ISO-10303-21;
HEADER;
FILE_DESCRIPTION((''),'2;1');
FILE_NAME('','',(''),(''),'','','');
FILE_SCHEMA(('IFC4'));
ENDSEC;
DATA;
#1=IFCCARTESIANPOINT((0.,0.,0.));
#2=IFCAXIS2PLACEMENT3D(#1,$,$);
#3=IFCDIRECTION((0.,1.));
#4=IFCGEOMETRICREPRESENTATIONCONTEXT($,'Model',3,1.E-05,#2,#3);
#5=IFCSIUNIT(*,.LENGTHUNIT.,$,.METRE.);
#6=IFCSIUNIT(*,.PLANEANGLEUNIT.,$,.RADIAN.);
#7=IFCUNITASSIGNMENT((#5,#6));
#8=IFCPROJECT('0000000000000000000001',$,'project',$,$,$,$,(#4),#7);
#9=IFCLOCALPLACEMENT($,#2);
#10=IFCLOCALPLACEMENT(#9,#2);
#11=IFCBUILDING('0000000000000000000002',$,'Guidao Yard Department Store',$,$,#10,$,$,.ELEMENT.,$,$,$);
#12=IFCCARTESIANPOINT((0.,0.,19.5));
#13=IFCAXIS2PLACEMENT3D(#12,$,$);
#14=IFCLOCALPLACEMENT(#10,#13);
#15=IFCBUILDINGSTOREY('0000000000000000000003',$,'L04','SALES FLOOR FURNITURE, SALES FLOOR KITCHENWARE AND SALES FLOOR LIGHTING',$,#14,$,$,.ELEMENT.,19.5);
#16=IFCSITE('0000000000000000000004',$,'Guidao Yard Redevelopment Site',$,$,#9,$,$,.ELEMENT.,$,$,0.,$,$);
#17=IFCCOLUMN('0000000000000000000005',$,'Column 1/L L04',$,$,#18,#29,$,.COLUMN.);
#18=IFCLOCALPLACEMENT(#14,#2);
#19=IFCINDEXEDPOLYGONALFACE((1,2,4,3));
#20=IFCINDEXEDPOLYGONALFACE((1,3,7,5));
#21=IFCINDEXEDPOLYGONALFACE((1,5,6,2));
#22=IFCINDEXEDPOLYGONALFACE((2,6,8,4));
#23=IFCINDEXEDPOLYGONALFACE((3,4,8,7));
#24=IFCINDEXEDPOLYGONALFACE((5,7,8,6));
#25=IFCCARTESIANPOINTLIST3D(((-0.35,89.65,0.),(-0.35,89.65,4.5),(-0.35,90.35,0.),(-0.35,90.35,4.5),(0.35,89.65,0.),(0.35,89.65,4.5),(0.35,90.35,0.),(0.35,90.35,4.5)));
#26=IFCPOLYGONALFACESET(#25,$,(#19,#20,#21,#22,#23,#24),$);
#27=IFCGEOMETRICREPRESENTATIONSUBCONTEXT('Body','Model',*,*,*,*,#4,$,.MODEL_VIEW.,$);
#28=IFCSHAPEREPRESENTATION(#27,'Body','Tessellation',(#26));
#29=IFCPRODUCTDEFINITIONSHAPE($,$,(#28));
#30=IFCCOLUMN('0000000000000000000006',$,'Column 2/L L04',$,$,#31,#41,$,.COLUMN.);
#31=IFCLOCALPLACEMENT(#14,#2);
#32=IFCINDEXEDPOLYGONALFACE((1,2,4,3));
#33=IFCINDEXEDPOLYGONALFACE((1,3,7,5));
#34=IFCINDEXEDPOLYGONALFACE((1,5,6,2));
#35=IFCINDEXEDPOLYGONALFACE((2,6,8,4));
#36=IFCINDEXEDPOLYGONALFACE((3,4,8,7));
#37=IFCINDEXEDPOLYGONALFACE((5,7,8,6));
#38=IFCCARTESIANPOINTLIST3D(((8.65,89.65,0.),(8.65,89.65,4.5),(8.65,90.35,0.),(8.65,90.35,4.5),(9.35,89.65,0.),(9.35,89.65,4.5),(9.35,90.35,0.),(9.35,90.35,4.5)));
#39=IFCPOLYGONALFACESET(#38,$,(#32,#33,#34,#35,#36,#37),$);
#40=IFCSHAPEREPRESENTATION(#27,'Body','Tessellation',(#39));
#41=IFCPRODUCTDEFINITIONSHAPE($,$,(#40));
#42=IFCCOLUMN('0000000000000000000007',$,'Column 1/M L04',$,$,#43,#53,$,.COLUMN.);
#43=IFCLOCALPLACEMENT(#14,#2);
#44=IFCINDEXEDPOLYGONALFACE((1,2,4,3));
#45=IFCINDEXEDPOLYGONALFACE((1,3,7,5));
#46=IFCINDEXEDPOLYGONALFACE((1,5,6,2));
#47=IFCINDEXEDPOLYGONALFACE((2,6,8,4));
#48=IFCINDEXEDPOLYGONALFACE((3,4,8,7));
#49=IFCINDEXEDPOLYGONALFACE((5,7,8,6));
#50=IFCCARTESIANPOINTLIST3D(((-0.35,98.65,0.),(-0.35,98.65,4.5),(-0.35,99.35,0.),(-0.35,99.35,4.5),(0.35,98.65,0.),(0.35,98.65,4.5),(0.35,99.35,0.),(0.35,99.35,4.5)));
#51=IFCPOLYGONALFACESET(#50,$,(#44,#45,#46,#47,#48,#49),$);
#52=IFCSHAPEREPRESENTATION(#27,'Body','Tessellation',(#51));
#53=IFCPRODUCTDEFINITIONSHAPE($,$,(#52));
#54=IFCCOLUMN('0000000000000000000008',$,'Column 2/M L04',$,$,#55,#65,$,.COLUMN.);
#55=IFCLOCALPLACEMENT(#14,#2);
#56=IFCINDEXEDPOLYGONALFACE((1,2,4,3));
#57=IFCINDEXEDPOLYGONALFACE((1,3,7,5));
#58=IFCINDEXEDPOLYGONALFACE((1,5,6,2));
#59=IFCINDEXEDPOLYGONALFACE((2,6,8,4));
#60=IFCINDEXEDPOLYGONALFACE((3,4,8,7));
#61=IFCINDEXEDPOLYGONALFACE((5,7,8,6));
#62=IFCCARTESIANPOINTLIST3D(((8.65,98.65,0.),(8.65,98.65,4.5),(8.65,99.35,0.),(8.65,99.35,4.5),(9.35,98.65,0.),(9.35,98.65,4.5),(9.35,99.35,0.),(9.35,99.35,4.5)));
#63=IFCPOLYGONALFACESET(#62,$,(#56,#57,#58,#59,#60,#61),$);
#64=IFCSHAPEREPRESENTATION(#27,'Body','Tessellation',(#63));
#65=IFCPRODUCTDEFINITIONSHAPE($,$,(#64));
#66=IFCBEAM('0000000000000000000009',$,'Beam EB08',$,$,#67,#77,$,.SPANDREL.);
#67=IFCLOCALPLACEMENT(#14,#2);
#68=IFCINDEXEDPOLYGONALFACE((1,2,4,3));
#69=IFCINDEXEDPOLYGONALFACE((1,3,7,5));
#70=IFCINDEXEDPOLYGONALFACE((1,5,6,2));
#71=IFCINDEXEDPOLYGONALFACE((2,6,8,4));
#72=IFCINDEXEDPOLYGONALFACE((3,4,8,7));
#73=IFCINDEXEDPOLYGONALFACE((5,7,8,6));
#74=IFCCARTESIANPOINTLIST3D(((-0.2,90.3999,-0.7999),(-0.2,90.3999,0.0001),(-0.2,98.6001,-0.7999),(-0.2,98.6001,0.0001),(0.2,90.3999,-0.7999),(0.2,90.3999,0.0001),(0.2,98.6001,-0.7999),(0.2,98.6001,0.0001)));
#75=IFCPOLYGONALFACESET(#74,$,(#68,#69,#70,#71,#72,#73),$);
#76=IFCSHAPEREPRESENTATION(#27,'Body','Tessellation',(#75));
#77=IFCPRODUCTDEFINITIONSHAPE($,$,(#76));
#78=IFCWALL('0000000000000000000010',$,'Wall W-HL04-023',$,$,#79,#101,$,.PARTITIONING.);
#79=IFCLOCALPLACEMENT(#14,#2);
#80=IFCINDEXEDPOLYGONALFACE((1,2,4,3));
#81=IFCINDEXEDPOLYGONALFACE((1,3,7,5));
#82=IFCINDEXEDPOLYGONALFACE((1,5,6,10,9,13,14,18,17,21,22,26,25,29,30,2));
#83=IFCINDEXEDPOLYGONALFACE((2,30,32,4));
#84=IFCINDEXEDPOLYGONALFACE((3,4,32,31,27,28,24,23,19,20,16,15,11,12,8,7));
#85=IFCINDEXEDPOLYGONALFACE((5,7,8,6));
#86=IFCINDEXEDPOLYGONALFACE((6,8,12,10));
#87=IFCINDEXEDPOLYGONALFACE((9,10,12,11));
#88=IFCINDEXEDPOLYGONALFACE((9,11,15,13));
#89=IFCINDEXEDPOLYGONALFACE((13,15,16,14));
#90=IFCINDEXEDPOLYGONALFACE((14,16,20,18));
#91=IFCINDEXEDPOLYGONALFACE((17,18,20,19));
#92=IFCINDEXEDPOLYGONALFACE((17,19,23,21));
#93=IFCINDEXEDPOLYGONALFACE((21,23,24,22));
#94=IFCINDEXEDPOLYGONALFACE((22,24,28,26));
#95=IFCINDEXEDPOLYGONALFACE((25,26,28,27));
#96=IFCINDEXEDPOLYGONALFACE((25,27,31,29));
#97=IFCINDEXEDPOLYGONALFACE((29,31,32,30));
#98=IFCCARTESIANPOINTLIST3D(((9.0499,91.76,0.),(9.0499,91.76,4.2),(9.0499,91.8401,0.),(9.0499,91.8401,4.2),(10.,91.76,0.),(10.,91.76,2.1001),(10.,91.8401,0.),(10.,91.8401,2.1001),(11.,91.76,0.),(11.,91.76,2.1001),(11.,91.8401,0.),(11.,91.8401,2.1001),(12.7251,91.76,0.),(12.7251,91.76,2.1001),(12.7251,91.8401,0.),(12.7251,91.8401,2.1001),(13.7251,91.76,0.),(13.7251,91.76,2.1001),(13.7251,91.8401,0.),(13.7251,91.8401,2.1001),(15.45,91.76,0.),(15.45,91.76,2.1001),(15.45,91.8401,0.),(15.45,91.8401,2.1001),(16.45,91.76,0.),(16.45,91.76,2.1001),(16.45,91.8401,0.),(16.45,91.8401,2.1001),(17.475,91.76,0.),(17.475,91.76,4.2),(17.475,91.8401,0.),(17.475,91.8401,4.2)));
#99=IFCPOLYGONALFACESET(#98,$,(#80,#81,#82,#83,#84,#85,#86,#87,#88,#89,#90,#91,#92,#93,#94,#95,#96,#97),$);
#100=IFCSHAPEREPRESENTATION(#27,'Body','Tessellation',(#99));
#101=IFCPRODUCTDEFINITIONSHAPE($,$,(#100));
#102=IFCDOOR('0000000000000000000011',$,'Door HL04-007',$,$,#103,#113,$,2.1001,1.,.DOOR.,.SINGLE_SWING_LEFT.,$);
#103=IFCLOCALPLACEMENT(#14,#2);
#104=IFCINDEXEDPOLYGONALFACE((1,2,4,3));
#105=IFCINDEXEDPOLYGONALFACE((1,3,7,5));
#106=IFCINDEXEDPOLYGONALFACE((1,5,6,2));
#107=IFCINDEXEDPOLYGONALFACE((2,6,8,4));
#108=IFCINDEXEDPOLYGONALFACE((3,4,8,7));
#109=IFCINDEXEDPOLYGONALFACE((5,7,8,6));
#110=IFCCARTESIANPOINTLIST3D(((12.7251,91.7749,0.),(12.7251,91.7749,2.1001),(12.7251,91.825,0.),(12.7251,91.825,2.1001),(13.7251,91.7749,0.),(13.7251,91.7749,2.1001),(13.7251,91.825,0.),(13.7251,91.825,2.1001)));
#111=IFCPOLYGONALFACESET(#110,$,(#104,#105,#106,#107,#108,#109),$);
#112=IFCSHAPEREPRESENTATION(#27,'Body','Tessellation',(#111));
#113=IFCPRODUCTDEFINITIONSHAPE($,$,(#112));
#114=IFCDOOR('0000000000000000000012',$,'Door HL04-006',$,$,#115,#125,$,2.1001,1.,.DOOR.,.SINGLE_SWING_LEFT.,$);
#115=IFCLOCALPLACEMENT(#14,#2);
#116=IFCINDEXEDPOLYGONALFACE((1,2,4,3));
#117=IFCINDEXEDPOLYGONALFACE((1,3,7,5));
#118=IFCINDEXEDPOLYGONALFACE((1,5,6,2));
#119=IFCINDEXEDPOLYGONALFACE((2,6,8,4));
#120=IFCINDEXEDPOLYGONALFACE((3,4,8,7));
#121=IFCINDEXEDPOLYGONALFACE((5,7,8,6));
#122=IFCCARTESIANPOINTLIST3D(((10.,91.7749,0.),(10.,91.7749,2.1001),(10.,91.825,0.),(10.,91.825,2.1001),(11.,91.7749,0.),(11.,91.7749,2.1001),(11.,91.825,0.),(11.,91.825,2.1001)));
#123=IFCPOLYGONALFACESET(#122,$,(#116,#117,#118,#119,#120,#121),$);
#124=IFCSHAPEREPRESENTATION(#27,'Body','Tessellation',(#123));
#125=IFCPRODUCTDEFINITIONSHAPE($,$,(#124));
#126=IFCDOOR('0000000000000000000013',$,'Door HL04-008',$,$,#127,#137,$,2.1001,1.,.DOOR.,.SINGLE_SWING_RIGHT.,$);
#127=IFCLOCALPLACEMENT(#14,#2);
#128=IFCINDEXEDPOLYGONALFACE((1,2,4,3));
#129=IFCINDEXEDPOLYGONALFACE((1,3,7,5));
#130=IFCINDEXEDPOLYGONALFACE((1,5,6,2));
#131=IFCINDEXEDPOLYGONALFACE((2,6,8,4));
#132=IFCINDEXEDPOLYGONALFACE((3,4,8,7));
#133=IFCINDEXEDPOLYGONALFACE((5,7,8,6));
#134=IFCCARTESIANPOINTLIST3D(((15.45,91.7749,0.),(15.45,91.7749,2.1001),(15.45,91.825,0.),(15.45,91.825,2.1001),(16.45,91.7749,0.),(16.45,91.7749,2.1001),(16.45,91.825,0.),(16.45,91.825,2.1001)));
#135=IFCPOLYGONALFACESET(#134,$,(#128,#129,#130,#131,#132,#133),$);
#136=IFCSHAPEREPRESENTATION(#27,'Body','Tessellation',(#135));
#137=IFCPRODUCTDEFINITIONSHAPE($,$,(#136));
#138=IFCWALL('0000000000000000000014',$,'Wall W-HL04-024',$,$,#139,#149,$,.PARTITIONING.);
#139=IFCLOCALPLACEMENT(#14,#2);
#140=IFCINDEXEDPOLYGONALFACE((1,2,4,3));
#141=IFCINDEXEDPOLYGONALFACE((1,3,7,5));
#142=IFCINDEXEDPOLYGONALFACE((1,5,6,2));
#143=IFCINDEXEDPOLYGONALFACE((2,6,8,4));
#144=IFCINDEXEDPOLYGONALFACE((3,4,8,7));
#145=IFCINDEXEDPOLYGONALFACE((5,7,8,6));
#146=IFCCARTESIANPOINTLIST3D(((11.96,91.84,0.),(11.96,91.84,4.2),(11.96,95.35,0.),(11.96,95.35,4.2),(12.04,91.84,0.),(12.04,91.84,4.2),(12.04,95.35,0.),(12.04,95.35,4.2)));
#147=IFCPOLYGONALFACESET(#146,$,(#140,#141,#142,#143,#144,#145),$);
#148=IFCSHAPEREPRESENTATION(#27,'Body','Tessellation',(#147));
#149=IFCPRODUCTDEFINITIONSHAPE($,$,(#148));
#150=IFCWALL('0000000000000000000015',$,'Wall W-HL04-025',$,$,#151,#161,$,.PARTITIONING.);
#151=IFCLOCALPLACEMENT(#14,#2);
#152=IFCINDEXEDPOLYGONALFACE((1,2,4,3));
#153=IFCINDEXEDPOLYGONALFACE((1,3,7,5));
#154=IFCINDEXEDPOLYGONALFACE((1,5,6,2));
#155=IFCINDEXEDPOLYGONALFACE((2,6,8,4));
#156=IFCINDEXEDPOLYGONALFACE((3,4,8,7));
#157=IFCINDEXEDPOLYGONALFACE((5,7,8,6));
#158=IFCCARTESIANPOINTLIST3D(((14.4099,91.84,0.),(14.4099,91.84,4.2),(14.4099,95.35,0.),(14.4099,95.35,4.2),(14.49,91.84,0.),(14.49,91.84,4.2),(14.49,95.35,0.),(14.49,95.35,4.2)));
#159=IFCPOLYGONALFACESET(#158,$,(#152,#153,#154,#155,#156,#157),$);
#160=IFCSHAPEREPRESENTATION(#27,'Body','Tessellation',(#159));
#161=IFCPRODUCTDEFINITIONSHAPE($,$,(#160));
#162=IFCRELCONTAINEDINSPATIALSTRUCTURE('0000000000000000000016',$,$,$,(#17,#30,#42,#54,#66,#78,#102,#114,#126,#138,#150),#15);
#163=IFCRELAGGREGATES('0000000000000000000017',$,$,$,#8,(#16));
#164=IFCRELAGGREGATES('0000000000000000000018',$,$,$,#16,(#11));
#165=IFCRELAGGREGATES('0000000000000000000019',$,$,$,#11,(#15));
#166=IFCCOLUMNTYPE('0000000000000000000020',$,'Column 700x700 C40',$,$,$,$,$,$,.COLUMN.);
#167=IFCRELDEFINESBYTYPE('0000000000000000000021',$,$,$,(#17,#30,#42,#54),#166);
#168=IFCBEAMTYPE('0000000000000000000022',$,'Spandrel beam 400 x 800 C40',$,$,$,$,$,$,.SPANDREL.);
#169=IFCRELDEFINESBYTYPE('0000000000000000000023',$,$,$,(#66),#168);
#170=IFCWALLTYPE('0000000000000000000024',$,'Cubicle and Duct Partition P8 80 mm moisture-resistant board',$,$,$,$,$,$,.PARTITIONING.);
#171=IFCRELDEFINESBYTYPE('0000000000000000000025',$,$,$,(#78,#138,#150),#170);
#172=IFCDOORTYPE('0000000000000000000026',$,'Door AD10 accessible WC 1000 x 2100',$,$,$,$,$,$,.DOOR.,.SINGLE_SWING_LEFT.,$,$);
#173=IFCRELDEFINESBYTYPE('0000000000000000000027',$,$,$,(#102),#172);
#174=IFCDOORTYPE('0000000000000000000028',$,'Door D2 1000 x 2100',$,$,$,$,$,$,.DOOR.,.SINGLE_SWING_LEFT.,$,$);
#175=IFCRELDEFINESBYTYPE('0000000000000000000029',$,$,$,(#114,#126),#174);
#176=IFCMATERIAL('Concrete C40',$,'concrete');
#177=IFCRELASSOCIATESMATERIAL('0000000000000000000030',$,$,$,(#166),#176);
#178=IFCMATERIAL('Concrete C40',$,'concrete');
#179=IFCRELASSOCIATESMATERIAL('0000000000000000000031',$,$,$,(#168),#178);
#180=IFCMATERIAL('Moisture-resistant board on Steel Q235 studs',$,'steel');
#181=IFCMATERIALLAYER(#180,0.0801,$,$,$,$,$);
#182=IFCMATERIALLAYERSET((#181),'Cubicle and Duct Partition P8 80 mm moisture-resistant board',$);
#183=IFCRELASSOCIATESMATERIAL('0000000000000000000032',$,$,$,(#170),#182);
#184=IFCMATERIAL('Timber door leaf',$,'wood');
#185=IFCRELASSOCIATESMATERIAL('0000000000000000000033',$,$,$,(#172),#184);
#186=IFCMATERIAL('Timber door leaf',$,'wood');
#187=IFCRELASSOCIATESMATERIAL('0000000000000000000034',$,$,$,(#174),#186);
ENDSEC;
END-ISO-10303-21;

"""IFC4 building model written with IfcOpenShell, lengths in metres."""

from ifc_helpers import new_model, si_unit, direction, frame, frame_2d, origin, origin_2d, place, context, subcontext, project, spatial, rectangle, extrude, material, layer, layer_set, material_profile, profile_set, type_object, element, fill, save


model = new_model("IFC4")

# Units and contexts
model_context = context("Model", 3, precision=1e-05, world=origin(), true_north=direction((0.0, 1.0)))
body_context = subcontext(model_context, "Body", "Model", "MODEL_VIEW")
ifc_project = project(units=[si_unit("LENGTHUNIT", "METRE"), si_unit("PLANEANGLEUNIT", "RADIAN")], contexts=[model_context])

# Site, building, storey
site_placement = place(None, origin())
site = spatial("IfcSite", under=ifc_project, at=site_placement, Name="Guidao Yard Redevelopment Site", CompositionType="ELEMENT", RefElevation=0.0)
building_placement = place(site_placement, origin())
building = spatial("IfcBuilding", under=site, at=building_placement, Name="Guidao Yard Department Store", CompositionType="ELEMENT")
storey_placement = place(building_placement, frame((0.0, 0.0, 19.5)))
storey = spatial("IfcBuildingStorey", under=building, at=storey_placement, Name="L04", Description="SALES FLOOR FURNITURE, SALES FLOOR KITCHENWARE AND SALES FLOOR LIGHTING", CompositionType="ELEMENT", Elevation=19.5)

# Columns
ifc_material_1 = material(Name="Concrete C40", Category="concrete")
ifc_material_profile_1 = material_profile(ifc_material_1, rectangle(XDim=0.7, YDim=0.7, at=origin_2d()), Name="COL 700x700")
ifc_profile_set_1 = profile_set([ifc_material_profile_1], Name="Concrete C40")
column_type = type_object("IfcColumnType", Name="Column 700x700 C40", PredefinedType="COLUMN", material=ifc_profile_set_1)
for number, where, z_axis, x_axis, name in (
    (1, (0.0, 90.0, 0.0), (0.0, 0.0, 1.0), (1.0, 0.0, 0.0), "Column 1/L L04"),
    (2, (9.0, 90.0, 0.0), (0.0, 0.0, 1.0), (1.0, 0.0, 0.0), "Column 2/L L04"),
    (3, (0.0, 99.0, 0.0), (0.0, 0.0, 1.0), (1.0, 0.0, 0.0), "Column 1/M L04"),
    (4, (9.0, 99.0, 0.0), (0.0, 0.0, 1.0), (1.0, 0.0, 0.0), "Column 2/M L04"),
):
    element("IfcColumn", number, at=place(storey_placement, frame(where, z_axis=z_axis, x_axis=x_axis)), inside=storey, type_object=column_type, Name=name, PredefinedType="COLUMN", context=body_context, shape_type="SweptSolid", body=[
        extrude(rectangle(XDim=0.7, YDim=0.7, at=origin_2d()), origin(), (0.0, 0.0, 1.0), 4.5),
    ])

# Beam
ifc_material_2 = material(Name="Concrete C40", Category="concrete")
ifc_material_profile_2 = material_profile(ifc_material_2, rectangle(XDim=0.3999, YDim=0.8, at=origin_2d()), Name="Spandrel beam 400 x 800 C40")
ifc_profile_set_2 = profile_set([ifc_material_profile_2], Name="Concrete C40")
beam_type = type_object("IfcBeamType", Name="Spandrel beam 400 x 800 C40", PredefinedType="SPANDREL", material=ifc_profile_set_2)
beam_placement = place(storey_placement, frame((0.0, 90.3999, -0.3999), z_axis=(0.0, 1.0, 0.0), x_axis=(-1.0, 0.0, 0.0)))
element("IfcBeam", 5, at=beam_placement, inside=storey, type_object=beam_type, Name="Beam EB08", PredefinedType="SPANDREL", context=body_context, shape_type="SweptSolid", body=[
    extrude(rectangle(XDim=0.3999, YDim=0.8, at=origin_2d()), origin(), (0.0, 0.0, 1.0), 8.2002),
])

# Wall, openings, doors
ifc_material_3 = material(Name="Moisture-resistant board on Steel Q235 studs", Category="steel")
ifc_layer_1 = layer(ifc_material_3, 0.0801)
ifc_layer_set_1 = layer_set([ifc_layer_1], Name="Cubicle and Duct Partition P8 80 mm moisture-resistant board")
wall_type_1 = type_object("IfcWallType", Name="Cubicle and Duct Partition P8 80 mm moisture-resistant board", PredefinedType="PARTITIONING", material=ifc_layer_set_1)
wall_1_placement = place(storey_placement, frame((9.05, 91.8, 0.0), z_axis=(0.0, 0.0, 1.0), x_axis=(1.0, 0.0, 0.0)))
wall_1 = element("IfcWall", 6, at=wall_1_placement, inside=storey, type_object=wall_type_1, Name="Wall W-HL04-023", PredefinedType="PARTITIONING", context=body_context, shape_type="SweptSolid", body=[
    extrude(rectangle(XDim=8.425, YDim=0.0801, at=frame_2d((4.2124, 0.0))), origin(), (0.0, 0.0, 1.0), 4.2),
])
opening_1_placement = place(wall_1_placement, frame((0.95, 0.0, 0.0)))
opening_1 = element("IfcOpeningElement", 7, at=opening_1_placement, cuts=wall_1, PredefinedType="OPENING", context=body_context, shape_type="SweptSolid", body=[
    extrude(rectangle(XDim=1.0, YDim=2.1001, at=frame_2d((0.5, 1.05))), frame((0.0, 0.05, 0.0), z_axis=(0.0, -1.0, 0.0), x_axis=(1.0, 0.0, 0.0)), (0.0, 0.0, 1.0), 0.1001),
])
opening_2_placement = place(wall_1_placement, frame((3.675, 0.0, 0.0)))
opening_2 = element("IfcOpeningElement", 8, at=opening_2_placement, cuts=wall_1, PredefinedType="OPENING", context=body_context, shape_type="SweptSolid", body=[
    extrude(rectangle(XDim=1.0, YDim=2.1001, at=frame_2d((0.5, 1.05))), frame((0.0, 0.05, 0.0), z_axis=(0.0, -1.0, 0.0), x_axis=(1.0, 0.0, 0.0)), (0.0, 0.0, 1.0), 0.1001),
])
opening_3_placement = place(wall_1_placement, frame((6.3999, 0.0, 0.0)))
opening_3 = element("IfcOpeningElement", 9, at=opening_3_placement, cuts=wall_1, PredefinedType="OPENING", context=body_context, shape_type="SweptSolid", body=[
    extrude(rectangle(XDim=1.0, YDim=2.1001, at=frame_2d((0.5, 1.05))), frame((0.0, 0.05, 0.0), z_axis=(0.0, -1.0, 0.0), x_axis=(1.0, 0.0, 0.0)), (0.0, 0.0, 1.0), 0.1001),
])
ifc_material_4 = material(Name="Timber door leaf", Category="wood")
door_type_1 = type_object("IfcDoorType", Name="Door AD10 accessible WC 1000 x 2100", OperationType="SINGLE_SWING_LEFT", PredefinedType="DOOR", material=ifc_material_4)
door_1_placement = place(opening_2_placement, origin())
door_1 = element("IfcDoor", 10, at=door_1_placement, inside=storey, type_object=door_type_1, Name="Door HL04-007", OperationType="SINGLE_SWING_LEFT", OverallHeight=2.1001, OverallWidth=1.0, PredefinedType="DOOR", context=body_context, shape_type="SweptSolid", body=[
    extrude(rectangle(XDim=1.0, YDim=2.1001, at=frame_2d((0.5, 1.05))), frame((0.0, 0.0249, 0.0), z_axis=(0.0, -1.0, 0.0), x_axis=(1.0, 0.0, 0.0)), (0.0, 0.0, 1.0), 0.05),
])
fill(opening_2, door_1)
ifc_material_5 = material(Name="Timber door leaf", Category="wood")
door_type_2 = type_object("IfcDoorType", Name="Door D2 1000 x 2100", OperationType="SINGLE_SWING_LEFT", PredefinedType="DOOR", material=ifc_material_5)
door_2_placement = place(opening_1_placement, origin())
door_2 = element("IfcDoor", 11, at=door_2_placement, inside=storey, type_object=door_type_2, Name="Door HL04-006", OperationType="SINGLE_SWING_LEFT", OverallHeight=2.1001, OverallWidth=1.0, PredefinedType="DOOR", context=body_context, shape_type="SweptSolid", body=[
    extrude(rectangle(XDim=1.0, YDim=2.1001, at=frame_2d((0.5, 1.05))), frame((0.0, 0.0249, 0.0), z_axis=(0.0, -1.0, 0.0), x_axis=(1.0, 0.0, 0.0)), (0.0, 0.0, 1.0), 0.05),
])
fill(opening_1, door_2)
door_3_placement = place(opening_3_placement, origin())
door_3 = element("IfcDoor", 12, at=door_3_placement, inside=storey, type_object=door_type_2, Name="Door HL04-008", OperationType="SINGLE_SWING_RIGHT", OverallHeight=2.1001, OverallWidth=1.0, PredefinedType="DOOR", context=body_context, shape_type="SweptSolid", body=[
    extrude(rectangle(XDim=1.0, YDim=2.1001, at=frame_2d((0.5, 1.05))), frame((0.0, 0.0249, 0.0), z_axis=(0.0, -1.0, 0.0), x_axis=(1.0, 0.0, 0.0)), (0.0, 0.0, 1.0), 0.05),
])
fill(opening_3, door_3)

# Walls
for number, where, z_axis, x_axis, name in (
    (13, (12.0, 91.8401, 0.0), (0.0, 0.0, 1.0), (0.0, 1.0, 0.0), "Wall W-HL04-024"),
    (14, (14.45, 91.8401, 0.0), (0.0, 0.0, 1.0), (0.0, 1.0, 0.0), "Wall W-HL04-025"),
):
    element("IfcWall", number, at=place(storey_placement, frame(where, z_axis=z_axis, x_axis=x_axis)), inside=storey, type_object=wall_type_1, Name=name, PredefinedType="PARTITIONING", context=body_context, shape_type="SweptSolid", body=[
        extrude(rectangle(XDim=3.51, YDim=0.0801, at=frame_2d((1.7549, 0.0))), origin(), (0.0, 0.0, 1.0), 4.2),
    ])

save(model, "model.ifc")
